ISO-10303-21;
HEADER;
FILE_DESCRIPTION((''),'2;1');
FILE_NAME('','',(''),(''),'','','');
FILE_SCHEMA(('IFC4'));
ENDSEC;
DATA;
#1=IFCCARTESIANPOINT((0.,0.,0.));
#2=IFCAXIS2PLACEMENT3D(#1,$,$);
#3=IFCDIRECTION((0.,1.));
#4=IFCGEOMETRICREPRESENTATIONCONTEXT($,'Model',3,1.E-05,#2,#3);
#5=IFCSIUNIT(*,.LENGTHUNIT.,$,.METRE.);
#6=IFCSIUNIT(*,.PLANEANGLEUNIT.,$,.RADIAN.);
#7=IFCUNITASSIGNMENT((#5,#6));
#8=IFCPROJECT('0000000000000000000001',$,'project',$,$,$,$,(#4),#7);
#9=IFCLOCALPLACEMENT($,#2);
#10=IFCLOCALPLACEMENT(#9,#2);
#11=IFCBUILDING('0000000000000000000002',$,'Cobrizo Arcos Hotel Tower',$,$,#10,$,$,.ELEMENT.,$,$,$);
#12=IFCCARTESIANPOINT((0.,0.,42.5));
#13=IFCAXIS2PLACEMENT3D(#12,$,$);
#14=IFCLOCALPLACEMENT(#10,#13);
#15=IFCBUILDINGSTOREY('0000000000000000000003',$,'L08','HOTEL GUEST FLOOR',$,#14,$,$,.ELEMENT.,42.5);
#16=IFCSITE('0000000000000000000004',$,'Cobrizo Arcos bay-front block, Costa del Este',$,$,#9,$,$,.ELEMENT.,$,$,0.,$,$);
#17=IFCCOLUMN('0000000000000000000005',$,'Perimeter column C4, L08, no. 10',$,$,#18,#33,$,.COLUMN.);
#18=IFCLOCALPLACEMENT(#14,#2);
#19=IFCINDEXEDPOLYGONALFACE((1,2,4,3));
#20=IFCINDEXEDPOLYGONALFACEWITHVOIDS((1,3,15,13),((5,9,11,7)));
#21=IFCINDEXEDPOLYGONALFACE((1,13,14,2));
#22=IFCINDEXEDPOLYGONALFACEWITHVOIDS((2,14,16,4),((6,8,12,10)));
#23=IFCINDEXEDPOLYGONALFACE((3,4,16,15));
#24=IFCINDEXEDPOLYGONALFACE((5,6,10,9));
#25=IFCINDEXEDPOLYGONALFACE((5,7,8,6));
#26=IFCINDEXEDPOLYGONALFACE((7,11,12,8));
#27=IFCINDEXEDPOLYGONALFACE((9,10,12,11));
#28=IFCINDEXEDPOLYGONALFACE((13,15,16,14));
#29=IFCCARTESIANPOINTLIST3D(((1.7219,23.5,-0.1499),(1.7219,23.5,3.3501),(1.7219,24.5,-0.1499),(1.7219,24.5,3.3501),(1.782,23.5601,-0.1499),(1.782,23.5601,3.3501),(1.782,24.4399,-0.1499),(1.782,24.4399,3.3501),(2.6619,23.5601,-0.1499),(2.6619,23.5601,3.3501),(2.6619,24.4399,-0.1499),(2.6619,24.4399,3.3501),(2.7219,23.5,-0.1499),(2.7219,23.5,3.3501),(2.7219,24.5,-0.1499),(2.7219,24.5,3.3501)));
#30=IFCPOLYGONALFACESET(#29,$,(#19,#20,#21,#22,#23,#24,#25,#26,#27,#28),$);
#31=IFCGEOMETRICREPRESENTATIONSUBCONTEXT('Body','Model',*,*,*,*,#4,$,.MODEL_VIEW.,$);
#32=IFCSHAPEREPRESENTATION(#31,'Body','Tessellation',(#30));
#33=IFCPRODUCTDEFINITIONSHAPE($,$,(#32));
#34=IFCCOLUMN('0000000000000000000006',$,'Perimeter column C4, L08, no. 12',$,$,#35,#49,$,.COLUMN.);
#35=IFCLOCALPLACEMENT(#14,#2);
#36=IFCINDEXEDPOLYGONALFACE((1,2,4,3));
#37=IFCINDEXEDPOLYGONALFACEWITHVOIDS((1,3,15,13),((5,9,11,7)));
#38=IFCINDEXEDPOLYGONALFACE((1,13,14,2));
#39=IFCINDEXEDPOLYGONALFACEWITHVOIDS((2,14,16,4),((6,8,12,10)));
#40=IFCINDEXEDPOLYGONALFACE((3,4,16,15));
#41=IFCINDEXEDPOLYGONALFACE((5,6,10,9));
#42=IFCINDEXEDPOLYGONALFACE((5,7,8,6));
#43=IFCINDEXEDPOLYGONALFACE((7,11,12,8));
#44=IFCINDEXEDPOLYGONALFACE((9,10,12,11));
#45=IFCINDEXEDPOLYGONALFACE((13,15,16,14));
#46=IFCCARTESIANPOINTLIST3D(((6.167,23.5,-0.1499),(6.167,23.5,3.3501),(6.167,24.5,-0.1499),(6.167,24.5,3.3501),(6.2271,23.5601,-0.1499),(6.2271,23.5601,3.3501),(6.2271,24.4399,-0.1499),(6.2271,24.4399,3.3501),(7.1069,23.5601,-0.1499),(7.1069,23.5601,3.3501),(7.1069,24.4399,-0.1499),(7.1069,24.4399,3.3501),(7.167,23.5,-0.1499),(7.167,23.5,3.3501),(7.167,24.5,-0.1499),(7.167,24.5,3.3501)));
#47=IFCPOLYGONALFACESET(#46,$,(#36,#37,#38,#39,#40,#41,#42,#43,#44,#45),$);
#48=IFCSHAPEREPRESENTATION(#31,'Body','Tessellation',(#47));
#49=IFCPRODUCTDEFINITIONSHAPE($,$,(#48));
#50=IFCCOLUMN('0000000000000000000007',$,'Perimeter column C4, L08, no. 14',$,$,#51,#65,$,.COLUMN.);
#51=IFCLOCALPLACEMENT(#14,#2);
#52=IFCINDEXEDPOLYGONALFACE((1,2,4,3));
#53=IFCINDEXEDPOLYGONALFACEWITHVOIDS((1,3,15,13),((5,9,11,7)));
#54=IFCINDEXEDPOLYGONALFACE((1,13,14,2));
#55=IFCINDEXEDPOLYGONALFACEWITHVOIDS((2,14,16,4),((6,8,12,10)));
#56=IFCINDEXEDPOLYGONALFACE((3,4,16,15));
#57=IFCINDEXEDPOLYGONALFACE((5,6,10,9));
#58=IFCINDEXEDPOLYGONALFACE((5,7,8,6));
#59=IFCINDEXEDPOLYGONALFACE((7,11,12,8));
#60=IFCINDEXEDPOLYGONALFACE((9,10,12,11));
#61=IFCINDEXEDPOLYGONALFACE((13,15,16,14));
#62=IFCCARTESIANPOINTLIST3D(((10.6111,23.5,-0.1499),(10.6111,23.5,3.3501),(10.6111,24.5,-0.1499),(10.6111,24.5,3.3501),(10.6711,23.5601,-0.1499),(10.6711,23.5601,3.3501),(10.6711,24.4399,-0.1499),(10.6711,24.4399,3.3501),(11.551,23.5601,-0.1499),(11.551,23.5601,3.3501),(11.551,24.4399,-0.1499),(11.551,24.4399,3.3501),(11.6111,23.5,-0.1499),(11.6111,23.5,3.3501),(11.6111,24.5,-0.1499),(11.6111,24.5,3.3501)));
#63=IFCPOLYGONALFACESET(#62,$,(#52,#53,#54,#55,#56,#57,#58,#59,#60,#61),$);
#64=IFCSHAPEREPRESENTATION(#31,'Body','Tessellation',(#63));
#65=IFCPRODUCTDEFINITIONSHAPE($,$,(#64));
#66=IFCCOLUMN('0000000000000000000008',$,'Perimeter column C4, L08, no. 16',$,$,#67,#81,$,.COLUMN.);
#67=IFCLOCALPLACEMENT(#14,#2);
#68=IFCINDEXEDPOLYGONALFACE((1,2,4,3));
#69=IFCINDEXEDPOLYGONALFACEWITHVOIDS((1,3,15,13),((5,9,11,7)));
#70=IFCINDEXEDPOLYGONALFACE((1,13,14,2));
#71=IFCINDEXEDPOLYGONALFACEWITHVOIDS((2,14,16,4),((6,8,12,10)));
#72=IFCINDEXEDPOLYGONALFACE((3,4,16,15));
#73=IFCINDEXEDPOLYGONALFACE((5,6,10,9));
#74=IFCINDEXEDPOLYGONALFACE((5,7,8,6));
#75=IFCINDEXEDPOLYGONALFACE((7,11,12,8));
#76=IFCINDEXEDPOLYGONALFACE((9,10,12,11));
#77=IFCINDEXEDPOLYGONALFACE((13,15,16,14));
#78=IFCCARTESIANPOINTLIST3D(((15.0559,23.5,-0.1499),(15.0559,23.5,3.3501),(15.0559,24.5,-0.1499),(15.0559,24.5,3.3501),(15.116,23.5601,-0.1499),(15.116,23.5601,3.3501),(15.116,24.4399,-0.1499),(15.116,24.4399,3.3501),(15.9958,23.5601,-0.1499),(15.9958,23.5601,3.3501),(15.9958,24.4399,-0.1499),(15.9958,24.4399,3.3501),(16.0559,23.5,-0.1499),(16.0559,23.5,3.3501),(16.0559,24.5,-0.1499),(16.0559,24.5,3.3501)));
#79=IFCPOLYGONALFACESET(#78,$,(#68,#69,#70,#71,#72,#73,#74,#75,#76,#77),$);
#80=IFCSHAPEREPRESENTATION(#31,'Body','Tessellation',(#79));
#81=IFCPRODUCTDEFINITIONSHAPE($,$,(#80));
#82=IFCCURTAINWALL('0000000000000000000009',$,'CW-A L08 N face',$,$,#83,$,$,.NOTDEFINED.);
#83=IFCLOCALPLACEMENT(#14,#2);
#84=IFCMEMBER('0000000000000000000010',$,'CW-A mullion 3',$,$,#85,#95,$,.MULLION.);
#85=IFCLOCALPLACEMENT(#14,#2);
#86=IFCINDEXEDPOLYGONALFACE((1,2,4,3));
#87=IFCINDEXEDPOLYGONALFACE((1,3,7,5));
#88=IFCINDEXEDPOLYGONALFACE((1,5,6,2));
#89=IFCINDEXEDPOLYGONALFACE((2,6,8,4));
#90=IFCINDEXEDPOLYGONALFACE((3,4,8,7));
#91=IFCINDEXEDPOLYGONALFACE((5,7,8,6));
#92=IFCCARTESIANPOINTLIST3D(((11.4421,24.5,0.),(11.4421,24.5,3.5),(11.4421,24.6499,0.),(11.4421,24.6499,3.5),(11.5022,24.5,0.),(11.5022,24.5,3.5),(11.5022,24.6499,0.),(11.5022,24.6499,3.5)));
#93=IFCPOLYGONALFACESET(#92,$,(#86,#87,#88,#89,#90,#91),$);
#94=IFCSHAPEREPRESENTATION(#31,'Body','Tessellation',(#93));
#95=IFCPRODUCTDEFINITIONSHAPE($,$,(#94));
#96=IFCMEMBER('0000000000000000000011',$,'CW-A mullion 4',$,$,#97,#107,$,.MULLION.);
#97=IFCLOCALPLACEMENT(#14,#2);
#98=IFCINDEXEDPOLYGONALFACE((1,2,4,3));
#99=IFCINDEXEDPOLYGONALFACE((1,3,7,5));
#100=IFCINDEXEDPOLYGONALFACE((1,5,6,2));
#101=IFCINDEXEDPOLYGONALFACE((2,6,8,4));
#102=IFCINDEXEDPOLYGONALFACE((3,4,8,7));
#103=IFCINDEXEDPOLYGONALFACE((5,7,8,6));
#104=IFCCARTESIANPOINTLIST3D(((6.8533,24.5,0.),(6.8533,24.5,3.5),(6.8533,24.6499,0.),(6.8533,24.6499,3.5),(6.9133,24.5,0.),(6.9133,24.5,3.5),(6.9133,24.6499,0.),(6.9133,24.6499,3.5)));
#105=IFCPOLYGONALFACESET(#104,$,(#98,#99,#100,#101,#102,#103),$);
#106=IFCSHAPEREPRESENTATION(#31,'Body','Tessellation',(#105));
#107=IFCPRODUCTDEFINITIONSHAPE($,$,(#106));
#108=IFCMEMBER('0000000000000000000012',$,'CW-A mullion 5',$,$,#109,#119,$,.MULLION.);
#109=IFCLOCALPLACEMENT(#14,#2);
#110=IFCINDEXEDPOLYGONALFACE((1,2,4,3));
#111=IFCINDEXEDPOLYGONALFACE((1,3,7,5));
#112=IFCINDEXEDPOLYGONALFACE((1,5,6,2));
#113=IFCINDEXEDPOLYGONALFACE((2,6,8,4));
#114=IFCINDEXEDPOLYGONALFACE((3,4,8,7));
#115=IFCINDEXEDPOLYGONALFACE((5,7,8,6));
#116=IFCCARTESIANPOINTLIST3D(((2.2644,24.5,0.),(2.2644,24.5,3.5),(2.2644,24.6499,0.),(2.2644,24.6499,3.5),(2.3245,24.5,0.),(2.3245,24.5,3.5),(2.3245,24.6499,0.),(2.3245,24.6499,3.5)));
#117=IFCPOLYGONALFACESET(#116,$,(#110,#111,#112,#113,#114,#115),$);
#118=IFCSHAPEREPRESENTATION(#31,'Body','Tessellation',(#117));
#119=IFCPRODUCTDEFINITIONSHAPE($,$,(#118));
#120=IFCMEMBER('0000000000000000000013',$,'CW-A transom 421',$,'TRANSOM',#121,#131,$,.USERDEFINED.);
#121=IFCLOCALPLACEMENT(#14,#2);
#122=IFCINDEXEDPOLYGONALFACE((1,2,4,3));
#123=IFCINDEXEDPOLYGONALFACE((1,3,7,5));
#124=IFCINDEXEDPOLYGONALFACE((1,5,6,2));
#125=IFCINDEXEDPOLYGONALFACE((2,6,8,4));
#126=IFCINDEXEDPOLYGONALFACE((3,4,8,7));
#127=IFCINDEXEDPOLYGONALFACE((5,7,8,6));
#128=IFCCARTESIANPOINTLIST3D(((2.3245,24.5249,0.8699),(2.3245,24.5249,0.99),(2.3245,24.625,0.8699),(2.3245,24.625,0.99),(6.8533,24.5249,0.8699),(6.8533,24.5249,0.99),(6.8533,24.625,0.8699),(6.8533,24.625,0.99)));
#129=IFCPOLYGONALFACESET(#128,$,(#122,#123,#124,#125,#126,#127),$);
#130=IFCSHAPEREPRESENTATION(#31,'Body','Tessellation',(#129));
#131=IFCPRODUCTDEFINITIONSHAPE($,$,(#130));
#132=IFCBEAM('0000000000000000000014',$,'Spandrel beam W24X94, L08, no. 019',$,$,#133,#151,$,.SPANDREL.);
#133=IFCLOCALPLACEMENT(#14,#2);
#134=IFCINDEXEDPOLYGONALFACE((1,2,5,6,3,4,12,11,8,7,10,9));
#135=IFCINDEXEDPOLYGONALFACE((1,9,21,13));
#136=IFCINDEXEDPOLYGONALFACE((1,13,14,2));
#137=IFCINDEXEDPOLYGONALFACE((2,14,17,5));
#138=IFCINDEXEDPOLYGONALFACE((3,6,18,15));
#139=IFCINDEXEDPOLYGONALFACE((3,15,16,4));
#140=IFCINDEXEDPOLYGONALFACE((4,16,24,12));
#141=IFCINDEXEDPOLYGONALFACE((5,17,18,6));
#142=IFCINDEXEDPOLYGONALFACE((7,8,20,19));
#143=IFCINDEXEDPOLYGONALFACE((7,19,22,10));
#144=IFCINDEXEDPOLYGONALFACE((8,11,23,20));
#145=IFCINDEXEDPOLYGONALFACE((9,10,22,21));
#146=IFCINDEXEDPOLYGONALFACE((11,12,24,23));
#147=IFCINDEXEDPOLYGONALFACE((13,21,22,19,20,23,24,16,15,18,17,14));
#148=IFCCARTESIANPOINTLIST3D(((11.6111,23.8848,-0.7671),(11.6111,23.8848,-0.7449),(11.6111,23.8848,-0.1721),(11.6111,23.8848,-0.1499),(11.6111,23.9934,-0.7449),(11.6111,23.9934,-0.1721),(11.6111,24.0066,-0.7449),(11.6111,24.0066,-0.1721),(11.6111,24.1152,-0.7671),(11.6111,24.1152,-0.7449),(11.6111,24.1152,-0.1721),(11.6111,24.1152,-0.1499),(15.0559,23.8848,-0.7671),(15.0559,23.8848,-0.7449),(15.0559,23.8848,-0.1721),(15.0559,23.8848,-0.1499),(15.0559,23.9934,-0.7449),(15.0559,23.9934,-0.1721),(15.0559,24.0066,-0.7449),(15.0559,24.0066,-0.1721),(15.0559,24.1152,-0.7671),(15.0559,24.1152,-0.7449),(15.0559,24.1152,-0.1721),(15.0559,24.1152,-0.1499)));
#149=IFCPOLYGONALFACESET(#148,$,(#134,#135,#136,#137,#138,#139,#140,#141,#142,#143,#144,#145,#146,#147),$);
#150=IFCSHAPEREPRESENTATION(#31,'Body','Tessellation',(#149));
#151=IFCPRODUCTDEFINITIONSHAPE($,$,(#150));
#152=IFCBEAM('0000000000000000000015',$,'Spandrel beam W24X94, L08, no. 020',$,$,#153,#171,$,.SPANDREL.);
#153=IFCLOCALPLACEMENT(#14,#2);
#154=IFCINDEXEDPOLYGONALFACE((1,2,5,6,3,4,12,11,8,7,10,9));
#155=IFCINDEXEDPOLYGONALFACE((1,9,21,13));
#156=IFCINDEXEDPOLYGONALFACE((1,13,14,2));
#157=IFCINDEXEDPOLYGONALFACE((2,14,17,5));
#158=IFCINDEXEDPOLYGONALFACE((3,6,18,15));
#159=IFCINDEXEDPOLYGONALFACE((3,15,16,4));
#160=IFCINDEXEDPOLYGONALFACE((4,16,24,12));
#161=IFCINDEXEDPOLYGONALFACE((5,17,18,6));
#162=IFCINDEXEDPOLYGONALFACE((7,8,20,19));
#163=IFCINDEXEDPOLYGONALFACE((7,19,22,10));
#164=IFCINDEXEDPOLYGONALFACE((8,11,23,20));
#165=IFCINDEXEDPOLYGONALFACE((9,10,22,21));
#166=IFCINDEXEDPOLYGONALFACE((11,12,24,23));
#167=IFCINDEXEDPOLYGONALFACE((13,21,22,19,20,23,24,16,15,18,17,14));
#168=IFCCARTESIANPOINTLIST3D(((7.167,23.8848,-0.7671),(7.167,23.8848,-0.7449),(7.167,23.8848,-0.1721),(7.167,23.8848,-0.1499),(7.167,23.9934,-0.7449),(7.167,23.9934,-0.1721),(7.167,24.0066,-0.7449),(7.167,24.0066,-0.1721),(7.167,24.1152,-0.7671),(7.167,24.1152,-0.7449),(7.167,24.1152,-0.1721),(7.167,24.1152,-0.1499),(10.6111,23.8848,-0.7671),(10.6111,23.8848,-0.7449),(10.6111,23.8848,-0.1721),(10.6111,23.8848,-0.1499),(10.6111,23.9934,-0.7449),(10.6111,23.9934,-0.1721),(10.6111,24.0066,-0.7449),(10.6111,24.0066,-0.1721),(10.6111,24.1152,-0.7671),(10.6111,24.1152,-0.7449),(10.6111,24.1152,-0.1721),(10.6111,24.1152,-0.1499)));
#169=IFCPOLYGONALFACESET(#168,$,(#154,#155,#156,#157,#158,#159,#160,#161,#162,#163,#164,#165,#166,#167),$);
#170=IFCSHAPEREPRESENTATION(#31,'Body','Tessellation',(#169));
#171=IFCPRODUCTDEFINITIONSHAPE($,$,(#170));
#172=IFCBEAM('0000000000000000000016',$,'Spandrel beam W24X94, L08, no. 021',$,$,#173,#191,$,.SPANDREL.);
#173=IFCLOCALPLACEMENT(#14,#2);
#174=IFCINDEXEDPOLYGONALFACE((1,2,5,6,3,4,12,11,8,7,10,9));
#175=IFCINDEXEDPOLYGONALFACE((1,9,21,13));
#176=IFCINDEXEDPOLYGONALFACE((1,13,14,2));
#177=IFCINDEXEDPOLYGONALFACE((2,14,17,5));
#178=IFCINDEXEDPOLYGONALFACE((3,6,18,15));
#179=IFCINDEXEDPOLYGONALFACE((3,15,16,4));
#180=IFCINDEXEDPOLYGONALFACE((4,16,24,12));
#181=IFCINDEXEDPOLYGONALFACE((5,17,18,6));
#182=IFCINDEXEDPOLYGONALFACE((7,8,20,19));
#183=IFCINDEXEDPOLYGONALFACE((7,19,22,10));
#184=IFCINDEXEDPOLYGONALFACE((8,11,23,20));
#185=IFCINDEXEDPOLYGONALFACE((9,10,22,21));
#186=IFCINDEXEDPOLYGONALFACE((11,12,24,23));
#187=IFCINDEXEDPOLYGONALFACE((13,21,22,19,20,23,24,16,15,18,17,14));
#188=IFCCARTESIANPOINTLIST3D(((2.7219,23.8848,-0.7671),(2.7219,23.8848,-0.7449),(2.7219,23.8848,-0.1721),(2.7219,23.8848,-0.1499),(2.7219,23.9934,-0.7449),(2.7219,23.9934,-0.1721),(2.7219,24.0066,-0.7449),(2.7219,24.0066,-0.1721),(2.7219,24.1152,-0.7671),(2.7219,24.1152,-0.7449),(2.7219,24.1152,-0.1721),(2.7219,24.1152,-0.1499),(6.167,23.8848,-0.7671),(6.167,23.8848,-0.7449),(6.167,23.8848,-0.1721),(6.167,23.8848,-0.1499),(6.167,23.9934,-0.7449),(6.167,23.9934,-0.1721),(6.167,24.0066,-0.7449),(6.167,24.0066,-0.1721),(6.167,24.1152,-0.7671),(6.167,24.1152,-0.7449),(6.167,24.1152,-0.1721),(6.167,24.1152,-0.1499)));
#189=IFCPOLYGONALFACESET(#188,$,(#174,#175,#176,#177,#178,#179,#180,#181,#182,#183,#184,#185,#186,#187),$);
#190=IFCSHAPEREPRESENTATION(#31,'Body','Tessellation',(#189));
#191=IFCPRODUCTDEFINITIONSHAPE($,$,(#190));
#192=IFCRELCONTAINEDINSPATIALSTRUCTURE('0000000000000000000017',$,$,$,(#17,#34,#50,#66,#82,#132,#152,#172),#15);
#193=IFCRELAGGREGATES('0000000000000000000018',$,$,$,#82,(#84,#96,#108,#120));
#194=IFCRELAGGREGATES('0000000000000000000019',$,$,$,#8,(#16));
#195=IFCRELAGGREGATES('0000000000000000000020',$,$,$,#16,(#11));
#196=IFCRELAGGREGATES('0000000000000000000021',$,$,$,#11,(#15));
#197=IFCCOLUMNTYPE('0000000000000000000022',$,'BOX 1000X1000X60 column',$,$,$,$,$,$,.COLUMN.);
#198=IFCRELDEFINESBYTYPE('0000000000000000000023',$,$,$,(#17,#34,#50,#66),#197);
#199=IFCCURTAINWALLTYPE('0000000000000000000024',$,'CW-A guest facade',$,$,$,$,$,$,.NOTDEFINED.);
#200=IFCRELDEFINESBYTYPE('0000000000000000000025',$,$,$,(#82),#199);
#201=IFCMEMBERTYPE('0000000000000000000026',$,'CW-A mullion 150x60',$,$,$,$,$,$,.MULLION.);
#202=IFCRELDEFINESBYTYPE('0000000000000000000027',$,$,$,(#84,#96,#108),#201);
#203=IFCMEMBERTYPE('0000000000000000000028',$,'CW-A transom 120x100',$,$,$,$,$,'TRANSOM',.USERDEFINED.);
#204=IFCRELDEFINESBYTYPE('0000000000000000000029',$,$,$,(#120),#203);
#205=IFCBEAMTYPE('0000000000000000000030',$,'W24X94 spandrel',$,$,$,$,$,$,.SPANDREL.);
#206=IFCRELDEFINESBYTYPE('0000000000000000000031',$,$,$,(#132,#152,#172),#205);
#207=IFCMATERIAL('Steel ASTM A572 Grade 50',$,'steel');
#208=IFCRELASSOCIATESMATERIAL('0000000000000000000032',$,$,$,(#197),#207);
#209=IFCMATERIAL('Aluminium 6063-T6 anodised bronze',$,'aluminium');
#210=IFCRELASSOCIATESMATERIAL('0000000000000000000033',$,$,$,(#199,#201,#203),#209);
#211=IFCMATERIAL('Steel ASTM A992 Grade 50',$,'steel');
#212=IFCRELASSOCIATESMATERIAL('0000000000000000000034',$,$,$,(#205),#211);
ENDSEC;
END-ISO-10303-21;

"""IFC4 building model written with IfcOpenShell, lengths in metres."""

from ifc_helpers import new_model, si_unit, direction, frame, origin, origin_2d, place, context, subcontext, project, spatial, rectangle, hollow_rectangle, i_section, extrude, material, material_profile, profile_set, type_object, element, aggregate, save


model = new_model("IFC4")

# Units and contexts
model_context = context("Model", 3, precision=1e-05, world=origin(), true_north=direction((0.0, 1.0)))
body_context = subcontext(model_context, "Body", "Model", "MODEL_VIEW")
ifc_project = project(units=[si_unit("LENGTHUNIT", "METRE"), si_unit("PLANEANGLEUNIT", "RADIAN")], contexts=[model_context])

# Site, building, storey
site_placement = place(None, origin())
site = spatial("IfcSite", under=ifc_project, at=site_placement, Name="Cobrizo Arcos bay-front block, Costa del Este", CompositionType="ELEMENT", RefElevation=0.0)
building_placement = place(site_placement, origin())
building = spatial("IfcBuilding", under=site, at=building_placement, Name="Cobrizo Arcos Hotel Tower", CompositionType="ELEMENT")
storey_placement = place(building_placement, frame((0.0, 0.0, 42.5)))
storey = spatial("IfcBuildingStorey", under=building, at=storey_placement, Name="L08", Description="HOTEL GUEST FLOOR", CompositionType="ELEMENT", Elevation=42.5)

# Columns
ifc_material_1 = material(Name="Steel ASTM A572 Grade 50", Category="steel")
ifc_material_profile_1 = material_profile(ifc_material_1, hollow_rectangle(XDim=1.0, YDim=1.0, WallThickness=0.0601, at=origin_2d()), Name="BOX 1000X1000X60")
ifc_profile_set_1 = profile_set([ifc_material_profile_1], Name="Steel ASTM A572 Grade 50")
column_type = type_object("IfcColumnType", Name="BOX 1000X1000X60 column", PredefinedType="COLUMN", material=ifc_profile_set_1)
for number, where, z_axis, x_axis, name in (
    (1, (2.2219, 24.0, -0.1499), (0.0, 0.0, 1.0), (1.0, 0.0, 0.0), "Perimeter column C4, L08, no. 10"),
    (2, (6.667, 24.0, -0.1499), (0.0, 0.0, 1.0), (1.0, 0.0, 0.0), "Perimeter column C4, L08, no. 12"),
    (3, (11.1111, 24.0, -0.1499), (0.0, 0.0, 1.0), (1.0, 0.0, 0.0), "Perimeter column C4, L08, no. 14"),
    (4, (15.5559, 24.0, -0.1499), (0.0, 0.0, 1.0), (1.0, 0.0, 0.0), "Perimeter column C4, L08, no. 16"),
):
    element("IfcColumn", number, at=place(storey_placement, frame(where, z_axis=z_axis, x_axis=x_axis)), inside=storey, type_object=column_type, Name=name, PredefinedType="COLUMN", context=body_context, shape_type="SweptSolid", body=[
        extrude(hollow_rectangle(XDim=1.0, YDim=1.0, WallThickness=0.0601, at=origin_2d()), origin(), (0.0, 0.0, 1.0), 3.5),
    ])

# Curtain wall, members
ifc_material_2 = material(Name="Aluminium 6063-T6 anodised bronze", Category="aluminium")
curtain_wall_type = type_object("IfcCurtainWallType", Name="CW-A guest facade", PredefinedType="NOTDEFINED", material=ifc_material_2)
curtain_wall_placement = place(storey_placement, origin())
curtain_wall = element("IfcCurtainWall", 5, at=curtain_wall_placement, inside=storey, type_object=curtain_wall_type, Name="CW-A L08 N face", PredefinedType="NOTDEFINED")
ifc_material_profile_2 = material_profile(ifc_material_2, rectangle(XDim=0.1499, YDim=0.0601, at=origin_2d()), Name="CW-A mullion 150x60")
ifc_profile_set_2 = profile_set([ifc_material_profile_2], Name="Aluminium 6063-T6 anodised bronze")
member_type_1 = type_object("IfcMemberType", Name="CW-A mullion 150x60", PredefinedType="MULLION", material=ifc_profile_set_2)
member_1_placement = place(storey_placement, frame((11.4722, 24.575, 0.0), z_axis=(0.0, 0.0, 1.0), x_axis=(0.0, 1.0, 0.0)))
member_1 = element("IfcMember", 6, at=member_1_placement, type_object=member_type_1, Name="CW-A mullion 3", PredefinedType="MULLION", context=body_context, shape_type="SweptSolid", body=[
    extrude(rectangle(XDim=0.1499, YDim=0.0601, at=origin_2d()), origin(), (0.0, 0.0, 1.0), 3.5),
])
member_2_placement = place(storey_placement, frame((6.8833, 24.575, 0.0), z_axis=(0.0, 0.0, 1.0), x_axis=(0.0, 1.0, 0.0)))
member_2 = element("IfcMember", 7, at=member_2_placement, type_object=member_type_1, Name="CW-A mullion 4", PredefinedType="MULLION", context=body_context, shape_type="SweptSolid", body=[
    extrude(rectangle(XDim=0.1499, YDim=0.0601, at=origin_2d()), origin(), (0.0, 0.0, 1.0), 3.5),
])
member_3_placement = place(storey_placement, frame((2.2944, 24.575, 0.0), z_axis=(0.0, 0.0, 1.0), x_axis=(0.0, 1.0, 0.0)))
member_3 = element("IfcMember", 8, at=member_3_placement, type_object=member_type_1, Name="CW-A mullion 5", PredefinedType="MULLION", context=body_context, shape_type="SweptSolid", body=[
    extrude(rectangle(XDim=0.1499, YDim=0.0601, at=origin_2d()), origin(), (0.0, 0.0, 1.0), 3.5),
])
ifc_material_profile_3 = material_profile(ifc_material_2, rectangle(XDim=0.1001, YDim=0.1201, at=origin_2d()), Name="CW-A transom 120x100")
ifc_profile_set_3 = profile_set([ifc_material_profile_3], Name="Aluminium 6063-T6 anodised bronze")
member_type_2 = type_object("IfcMemberType", Name="CW-A transom 120x100", ElementType="TRANSOM", PredefinedType="USERDEFINED", material=ifc_profile_set_3)
member_4_placement = place(storey_placement, frame((6.8533, 24.575, 0.9299), z_axis=(-1.0, 0.0, 0.0), x_axis=(0.0, -1.0, 0.0)))
member_4 = element("IfcMember", 9, at=member_4_placement, type_object=member_type_2, Name="CW-A transom 421", ObjectType="TRANSOM", PredefinedType="USERDEFINED", context=body_context, shape_type="SweptSolid", body=[
    extrude(rectangle(XDim=0.1001, YDim=0.1201, at=origin_2d()), origin(), (0.0, 0.0, 1.0), 4.5288),
])

# Beams
ifc_material_3 = material(Name="Steel ASTM A992 Grade 50", Category="steel")
ifc_material_profile_4 = material_profile(ifc_material_3, i_section(OverallWidth=0.2305, OverallDepth=0.6172, WebThickness=0.0132, FlangeThickness=0.0222, at=origin_2d()), Name="W24X94")
ifc_profile_set_4 = profile_set([ifc_material_profile_4], Name="Steel ASTM A992 Grade 50")
beam_type = type_object("IfcBeamType", Name="W24X94 spandrel", PredefinedType="SPANDREL", material=ifc_profile_set_4)
beam_1_placement = place(storey_placement, frame((15.0559, 24.0, -0.4585), z_axis=(-1.0, 0.0, 0.0), x_axis=(0.0, -1.0, 0.0)))
element("IfcBeam", 10, at=beam_1_placement, inside=storey, type_object=beam_type, Name="Spandrel beam W24X94, L08, no. 019", PredefinedType="SPANDREL", context=body_context, shape_type="SweptSolid", body=[
    extrude(i_section(OverallWidth=0.2305, OverallDepth=0.6172, WebThickness=0.0132, FlangeThickness=0.0222, at=origin_2d()), origin(), (0.0, 0.0, 1.0), 3.4448),
])
beam_2_placement = place(storey_placement, frame((10.6111, 24.0, -0.4585), z_axis=(-1.0, 0.0, 0.0), x_axis=(0.0, -1.0, 0.0)))
element("IfcBeam", 11, at=beam_2_placement, inside=storey, type_object=beam_type, Name="Spandrel beam W24X94, L08, no. 020", PredefinedType="SPANDREL", context=body_context, shape_type="SweptSolid", body=[
    extrude(i_section(OverallWidth=0.2305, OverallDepth=0.6172, WebThickness=0.0132, FlangeThickness=0.0222, at=origin_2d()), origin(), (0.0, 0.0, 1.0), 3.4441),
])
beam_3_placement = place(storey_placement, frame((6.167, 24.0, -0.4585), z_axis=(-1.0, 0.0, 0.0), x_axis=(0.0, -1.0, 0.0)))
element("IfcBeam", 12, at=beam_3_placement, inside=storey, type_object=beam_type, Name="Spandrel beam W24X94, L08, no. 021", PredefinedType="SPANDREL", context=body_context, shape_type="SweptSolid", body=[
    extrude(i_section(OverallWidth=0.2305, OverallDepth=0.6172, WebThickness=0.0132, FlangeThickness=0.0222, at=origin_2d()), origin(), (0.0, 0.0, 1.0), 3.4451),
])

aggregate(curtain_wall, [member_1, member_2, member_3, member_4])

save(model, "model.ifc")
